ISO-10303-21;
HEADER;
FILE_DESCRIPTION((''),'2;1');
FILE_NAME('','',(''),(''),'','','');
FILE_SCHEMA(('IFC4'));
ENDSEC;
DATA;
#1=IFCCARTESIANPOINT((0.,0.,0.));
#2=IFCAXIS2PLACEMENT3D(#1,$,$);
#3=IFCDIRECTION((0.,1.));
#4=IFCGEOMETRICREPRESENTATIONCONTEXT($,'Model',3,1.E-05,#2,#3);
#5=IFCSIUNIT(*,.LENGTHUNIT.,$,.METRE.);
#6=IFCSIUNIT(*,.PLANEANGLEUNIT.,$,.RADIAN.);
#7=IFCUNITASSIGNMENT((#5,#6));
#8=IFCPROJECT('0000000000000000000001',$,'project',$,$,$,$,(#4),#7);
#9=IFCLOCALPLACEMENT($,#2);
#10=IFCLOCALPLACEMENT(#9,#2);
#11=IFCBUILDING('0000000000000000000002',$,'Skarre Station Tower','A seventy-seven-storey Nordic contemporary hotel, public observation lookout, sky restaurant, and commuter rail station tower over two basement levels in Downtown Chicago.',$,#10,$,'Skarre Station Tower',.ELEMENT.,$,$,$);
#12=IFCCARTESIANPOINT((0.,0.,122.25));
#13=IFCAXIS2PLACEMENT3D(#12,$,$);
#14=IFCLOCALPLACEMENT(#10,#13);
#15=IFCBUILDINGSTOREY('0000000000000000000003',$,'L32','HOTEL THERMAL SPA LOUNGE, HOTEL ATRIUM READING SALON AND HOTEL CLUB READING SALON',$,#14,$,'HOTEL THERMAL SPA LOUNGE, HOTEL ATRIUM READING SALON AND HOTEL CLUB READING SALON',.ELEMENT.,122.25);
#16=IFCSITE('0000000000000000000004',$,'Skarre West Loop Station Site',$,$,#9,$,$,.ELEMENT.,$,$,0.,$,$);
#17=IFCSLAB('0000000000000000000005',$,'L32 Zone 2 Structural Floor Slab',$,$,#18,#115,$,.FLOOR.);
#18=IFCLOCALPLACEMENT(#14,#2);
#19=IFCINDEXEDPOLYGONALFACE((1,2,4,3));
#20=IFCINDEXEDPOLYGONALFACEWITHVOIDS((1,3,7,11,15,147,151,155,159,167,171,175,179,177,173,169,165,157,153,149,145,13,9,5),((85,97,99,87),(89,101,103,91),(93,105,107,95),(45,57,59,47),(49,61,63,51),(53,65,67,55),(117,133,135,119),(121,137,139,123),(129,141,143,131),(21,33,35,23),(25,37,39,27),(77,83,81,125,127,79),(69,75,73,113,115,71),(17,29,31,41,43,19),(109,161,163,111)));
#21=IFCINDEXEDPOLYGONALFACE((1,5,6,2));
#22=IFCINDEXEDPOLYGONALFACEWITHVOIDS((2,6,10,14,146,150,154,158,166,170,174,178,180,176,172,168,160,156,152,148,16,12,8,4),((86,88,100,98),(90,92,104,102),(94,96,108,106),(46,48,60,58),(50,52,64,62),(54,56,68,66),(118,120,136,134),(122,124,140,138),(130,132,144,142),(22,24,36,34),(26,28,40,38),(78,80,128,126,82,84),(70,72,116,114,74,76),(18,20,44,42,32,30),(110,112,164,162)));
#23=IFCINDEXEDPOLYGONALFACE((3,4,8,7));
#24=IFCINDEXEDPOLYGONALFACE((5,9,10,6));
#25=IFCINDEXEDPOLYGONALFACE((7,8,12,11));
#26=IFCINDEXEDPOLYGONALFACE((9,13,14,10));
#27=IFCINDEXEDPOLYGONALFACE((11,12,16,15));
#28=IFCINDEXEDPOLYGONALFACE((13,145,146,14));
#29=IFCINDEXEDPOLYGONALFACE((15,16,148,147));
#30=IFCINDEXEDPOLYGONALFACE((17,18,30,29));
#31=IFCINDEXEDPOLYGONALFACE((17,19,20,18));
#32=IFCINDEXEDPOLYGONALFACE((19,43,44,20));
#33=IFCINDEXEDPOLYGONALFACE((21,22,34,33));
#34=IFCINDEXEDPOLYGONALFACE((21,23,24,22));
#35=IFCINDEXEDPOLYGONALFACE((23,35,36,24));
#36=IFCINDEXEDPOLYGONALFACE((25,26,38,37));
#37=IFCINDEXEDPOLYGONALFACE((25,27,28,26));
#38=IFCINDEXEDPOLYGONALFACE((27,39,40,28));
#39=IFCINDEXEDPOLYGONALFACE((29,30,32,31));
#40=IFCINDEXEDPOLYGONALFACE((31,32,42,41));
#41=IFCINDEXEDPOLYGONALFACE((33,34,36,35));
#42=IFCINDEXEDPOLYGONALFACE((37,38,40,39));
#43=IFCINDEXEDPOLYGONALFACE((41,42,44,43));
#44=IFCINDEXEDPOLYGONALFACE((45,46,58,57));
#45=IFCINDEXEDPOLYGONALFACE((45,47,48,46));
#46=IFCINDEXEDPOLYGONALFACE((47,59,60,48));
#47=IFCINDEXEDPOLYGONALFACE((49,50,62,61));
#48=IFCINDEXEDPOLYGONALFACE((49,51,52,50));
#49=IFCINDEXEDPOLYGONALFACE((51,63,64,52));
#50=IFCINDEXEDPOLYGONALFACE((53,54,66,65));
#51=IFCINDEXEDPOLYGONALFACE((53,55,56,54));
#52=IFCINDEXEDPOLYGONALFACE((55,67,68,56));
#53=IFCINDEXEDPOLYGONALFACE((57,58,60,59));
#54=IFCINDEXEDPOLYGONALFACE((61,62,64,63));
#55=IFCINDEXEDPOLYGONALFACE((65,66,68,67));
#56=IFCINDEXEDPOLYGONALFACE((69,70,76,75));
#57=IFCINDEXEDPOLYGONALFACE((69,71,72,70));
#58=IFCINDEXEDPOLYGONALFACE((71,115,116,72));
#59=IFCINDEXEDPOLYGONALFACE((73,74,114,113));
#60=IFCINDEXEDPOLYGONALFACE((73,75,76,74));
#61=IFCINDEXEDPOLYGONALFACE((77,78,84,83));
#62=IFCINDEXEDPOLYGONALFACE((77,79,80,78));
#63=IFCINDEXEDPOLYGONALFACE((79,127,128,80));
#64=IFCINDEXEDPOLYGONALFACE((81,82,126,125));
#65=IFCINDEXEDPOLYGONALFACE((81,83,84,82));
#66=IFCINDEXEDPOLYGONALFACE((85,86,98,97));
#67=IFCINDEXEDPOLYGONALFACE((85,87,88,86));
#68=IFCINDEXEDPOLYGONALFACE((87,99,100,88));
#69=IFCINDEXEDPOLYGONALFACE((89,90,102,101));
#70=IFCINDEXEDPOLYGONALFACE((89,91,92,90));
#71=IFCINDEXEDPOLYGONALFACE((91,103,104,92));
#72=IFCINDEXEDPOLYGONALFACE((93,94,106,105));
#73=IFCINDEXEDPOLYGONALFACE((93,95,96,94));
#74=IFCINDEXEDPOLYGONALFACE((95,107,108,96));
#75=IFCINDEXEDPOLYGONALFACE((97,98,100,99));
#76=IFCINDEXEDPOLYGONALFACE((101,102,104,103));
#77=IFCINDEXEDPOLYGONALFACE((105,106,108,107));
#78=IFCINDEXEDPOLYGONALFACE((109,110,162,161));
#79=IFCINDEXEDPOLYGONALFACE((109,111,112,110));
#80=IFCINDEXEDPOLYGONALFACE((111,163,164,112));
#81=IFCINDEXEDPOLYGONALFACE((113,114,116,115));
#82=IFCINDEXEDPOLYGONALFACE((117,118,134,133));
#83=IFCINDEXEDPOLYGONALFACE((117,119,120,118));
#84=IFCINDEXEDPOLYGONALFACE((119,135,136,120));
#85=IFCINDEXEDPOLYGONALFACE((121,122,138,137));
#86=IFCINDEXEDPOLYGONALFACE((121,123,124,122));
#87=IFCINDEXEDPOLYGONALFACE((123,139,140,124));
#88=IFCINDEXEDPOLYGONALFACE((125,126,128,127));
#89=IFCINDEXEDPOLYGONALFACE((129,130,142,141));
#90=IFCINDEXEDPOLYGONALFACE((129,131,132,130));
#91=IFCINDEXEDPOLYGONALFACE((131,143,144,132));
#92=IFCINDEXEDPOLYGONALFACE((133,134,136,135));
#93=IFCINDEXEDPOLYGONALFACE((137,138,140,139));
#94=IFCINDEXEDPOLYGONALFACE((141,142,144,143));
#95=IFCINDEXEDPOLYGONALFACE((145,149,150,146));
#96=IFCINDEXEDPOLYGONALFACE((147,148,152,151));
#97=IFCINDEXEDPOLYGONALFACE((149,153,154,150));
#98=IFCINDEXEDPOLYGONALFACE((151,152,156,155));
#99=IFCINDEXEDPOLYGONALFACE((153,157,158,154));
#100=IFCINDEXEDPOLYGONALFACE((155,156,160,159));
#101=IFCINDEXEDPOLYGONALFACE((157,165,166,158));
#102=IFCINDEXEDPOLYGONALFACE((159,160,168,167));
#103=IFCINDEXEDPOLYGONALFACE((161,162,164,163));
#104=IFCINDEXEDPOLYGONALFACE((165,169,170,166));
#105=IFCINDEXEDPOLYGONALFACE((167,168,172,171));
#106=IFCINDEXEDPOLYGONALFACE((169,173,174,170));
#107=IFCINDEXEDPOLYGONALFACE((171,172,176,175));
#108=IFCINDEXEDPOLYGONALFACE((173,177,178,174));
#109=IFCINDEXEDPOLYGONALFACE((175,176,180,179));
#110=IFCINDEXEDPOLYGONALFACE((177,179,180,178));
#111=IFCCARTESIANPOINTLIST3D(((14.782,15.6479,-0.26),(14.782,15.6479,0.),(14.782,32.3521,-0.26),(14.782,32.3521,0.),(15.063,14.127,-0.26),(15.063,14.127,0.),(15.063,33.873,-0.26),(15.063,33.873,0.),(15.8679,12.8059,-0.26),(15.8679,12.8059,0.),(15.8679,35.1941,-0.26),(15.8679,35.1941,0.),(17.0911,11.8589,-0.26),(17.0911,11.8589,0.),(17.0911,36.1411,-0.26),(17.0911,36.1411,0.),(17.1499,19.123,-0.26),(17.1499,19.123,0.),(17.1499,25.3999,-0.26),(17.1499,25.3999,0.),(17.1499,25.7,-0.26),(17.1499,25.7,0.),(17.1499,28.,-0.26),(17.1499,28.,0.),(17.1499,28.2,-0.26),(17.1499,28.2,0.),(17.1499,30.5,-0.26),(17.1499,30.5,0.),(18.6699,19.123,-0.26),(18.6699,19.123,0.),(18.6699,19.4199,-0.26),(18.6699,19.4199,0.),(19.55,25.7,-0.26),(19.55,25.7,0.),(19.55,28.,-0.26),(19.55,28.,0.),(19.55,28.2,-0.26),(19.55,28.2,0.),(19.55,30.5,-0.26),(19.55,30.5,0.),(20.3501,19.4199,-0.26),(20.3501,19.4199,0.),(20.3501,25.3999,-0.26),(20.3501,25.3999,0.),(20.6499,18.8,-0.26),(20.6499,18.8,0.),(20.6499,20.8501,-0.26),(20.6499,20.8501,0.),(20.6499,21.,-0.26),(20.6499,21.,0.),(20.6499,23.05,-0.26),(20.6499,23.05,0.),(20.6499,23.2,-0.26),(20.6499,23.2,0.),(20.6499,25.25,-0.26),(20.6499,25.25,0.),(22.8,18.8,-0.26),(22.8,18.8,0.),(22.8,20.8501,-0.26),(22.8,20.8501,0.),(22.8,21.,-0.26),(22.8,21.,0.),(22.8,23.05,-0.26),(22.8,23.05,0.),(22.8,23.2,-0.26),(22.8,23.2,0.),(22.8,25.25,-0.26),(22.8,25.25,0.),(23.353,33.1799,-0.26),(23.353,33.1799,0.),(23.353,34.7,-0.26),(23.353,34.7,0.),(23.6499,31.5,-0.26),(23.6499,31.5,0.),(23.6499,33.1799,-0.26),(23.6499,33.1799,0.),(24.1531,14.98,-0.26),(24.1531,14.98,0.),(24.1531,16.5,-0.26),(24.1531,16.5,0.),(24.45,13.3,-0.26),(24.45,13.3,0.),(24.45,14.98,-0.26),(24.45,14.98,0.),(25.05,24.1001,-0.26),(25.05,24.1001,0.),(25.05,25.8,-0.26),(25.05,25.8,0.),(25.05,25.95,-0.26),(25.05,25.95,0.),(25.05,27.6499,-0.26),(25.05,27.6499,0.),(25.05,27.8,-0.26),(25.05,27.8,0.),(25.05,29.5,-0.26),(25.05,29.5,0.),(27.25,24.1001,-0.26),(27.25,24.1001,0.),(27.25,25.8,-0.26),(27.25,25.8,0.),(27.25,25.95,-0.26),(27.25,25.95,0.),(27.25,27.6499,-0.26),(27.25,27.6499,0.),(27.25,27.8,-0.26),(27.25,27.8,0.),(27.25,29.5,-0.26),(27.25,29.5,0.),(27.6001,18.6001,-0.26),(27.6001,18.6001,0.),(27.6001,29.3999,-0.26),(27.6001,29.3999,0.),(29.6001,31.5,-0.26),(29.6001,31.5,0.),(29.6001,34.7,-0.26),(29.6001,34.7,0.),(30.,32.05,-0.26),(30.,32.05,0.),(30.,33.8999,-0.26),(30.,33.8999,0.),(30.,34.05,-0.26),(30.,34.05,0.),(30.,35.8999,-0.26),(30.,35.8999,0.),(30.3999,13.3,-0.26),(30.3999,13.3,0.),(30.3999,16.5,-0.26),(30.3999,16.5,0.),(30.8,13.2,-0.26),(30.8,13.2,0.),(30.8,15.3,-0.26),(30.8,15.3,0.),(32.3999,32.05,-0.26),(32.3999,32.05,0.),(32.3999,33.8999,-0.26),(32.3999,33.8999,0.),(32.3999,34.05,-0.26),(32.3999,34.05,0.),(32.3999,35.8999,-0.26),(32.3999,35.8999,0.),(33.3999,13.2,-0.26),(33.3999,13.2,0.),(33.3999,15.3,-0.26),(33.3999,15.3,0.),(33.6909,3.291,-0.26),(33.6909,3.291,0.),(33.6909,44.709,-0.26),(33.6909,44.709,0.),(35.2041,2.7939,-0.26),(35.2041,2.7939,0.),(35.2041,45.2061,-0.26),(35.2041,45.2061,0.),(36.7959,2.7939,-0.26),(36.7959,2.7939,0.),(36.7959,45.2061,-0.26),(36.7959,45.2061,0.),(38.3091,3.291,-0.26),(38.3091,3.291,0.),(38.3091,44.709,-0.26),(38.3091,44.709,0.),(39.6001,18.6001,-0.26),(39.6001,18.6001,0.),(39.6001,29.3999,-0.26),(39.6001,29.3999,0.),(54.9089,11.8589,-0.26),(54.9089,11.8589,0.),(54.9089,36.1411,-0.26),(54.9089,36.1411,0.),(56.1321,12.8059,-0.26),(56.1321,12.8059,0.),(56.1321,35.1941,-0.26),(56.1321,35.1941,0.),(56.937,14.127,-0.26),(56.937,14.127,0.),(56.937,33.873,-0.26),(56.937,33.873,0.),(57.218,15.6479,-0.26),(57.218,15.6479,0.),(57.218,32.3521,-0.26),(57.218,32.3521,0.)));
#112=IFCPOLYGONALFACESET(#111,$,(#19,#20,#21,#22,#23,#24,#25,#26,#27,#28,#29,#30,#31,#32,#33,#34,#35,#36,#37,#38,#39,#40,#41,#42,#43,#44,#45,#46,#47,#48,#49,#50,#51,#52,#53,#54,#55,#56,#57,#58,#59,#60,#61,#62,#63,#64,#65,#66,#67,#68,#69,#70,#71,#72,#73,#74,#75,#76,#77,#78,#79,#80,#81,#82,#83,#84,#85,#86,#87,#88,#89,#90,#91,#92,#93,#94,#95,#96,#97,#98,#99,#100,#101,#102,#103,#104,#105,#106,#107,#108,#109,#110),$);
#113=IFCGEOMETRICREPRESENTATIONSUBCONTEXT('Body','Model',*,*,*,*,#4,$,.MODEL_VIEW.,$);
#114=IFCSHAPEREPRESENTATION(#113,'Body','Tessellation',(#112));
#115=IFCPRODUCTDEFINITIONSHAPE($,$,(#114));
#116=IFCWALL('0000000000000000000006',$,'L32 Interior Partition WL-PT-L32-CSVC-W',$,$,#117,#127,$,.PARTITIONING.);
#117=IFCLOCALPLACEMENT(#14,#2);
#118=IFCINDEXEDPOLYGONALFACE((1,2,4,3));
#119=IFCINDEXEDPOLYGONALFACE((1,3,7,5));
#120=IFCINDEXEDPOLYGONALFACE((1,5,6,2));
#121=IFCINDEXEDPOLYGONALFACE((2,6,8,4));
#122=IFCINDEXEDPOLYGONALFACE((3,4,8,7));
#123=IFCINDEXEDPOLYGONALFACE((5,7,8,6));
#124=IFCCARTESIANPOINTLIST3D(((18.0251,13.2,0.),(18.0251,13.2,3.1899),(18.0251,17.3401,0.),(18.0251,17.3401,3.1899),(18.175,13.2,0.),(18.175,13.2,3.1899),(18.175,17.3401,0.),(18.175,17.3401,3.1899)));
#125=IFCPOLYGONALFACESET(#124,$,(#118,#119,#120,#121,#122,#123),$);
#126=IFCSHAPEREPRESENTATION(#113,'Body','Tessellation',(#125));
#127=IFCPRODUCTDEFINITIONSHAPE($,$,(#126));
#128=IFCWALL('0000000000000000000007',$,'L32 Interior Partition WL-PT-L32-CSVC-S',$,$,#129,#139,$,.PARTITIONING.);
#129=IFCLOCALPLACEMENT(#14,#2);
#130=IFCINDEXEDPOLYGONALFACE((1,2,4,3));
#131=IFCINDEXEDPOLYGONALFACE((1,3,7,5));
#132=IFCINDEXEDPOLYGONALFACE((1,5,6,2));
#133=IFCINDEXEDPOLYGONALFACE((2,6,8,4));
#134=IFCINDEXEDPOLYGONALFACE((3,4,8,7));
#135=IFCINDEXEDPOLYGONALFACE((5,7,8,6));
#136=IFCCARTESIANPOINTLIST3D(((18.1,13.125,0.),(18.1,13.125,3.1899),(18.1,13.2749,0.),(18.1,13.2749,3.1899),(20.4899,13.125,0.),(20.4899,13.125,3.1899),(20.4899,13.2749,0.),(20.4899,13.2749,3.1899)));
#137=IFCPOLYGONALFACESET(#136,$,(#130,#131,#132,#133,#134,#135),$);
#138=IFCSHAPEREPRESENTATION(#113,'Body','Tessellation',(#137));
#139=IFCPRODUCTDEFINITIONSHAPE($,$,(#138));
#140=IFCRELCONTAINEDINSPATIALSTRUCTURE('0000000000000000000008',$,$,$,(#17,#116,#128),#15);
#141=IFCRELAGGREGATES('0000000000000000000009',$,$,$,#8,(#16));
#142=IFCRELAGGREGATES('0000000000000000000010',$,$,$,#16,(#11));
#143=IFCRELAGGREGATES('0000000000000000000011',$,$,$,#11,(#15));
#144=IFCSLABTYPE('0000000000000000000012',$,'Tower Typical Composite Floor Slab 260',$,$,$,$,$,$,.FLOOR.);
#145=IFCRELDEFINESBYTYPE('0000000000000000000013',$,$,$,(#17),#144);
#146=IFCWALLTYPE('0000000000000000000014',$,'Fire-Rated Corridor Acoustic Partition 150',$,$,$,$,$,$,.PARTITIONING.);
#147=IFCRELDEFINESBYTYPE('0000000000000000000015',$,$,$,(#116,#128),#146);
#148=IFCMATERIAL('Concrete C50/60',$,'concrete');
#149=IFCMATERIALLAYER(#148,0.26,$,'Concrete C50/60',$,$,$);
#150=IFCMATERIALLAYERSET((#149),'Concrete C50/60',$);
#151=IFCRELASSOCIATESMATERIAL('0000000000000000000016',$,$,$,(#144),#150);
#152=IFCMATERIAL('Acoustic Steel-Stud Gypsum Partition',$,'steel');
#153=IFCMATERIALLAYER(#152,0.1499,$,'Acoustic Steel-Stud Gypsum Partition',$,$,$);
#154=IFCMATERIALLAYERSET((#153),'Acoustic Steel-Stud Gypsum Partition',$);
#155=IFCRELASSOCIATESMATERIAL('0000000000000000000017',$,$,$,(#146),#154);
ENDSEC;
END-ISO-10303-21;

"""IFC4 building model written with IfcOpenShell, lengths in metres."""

from ifc_helpers import new_model, si_unit, direction, frame, frame_2d, origin, place, context, subcontext, project, spatial, polyline, rectangle, outline, extrude, material, layer, layer_set, type_object, element, save


model = new_model("IFC4")

# Units and contexts
model_context = context("Model", 3, precision=1e-05, world=origin(), true_north=direction((0.0, 1.0)))
body_context = subcontext(model_context, "Body", "Model", "MODEL_VIEW")
ifc_project = project(units=[si_unit("LENGTHUNIT", "METRE"), si_unit("PLANEANGLEUNIT", "RADIAN")], contexts=[model_context])

# Site, building, storey
site_placement = place(None, origin())
site = spatial("IfcSite", under=ifc_project, at=site_placement, Name="Skarre West Loop Station Site", CompositionType="ELEMENT", RefElevation=0.0)
building_placement = place(site_placement, origin())
building = spatial("IfcBuilding", under=site, at=building_placement, Name="Skarre Station Tower", Description="A seventy-seven-storey Nordic contemporary hotel, public observation lookout, sky restaurant, and commuter rail station tower over two basement levels in Downtown Chicago.", LongName="Skarre Station Tower", CompositionType="ELEMENT")
storey_placement = place(building_placement, frame((0.0, 0.0, 122.25)))
storey = spatial("IfcBuildingStorey", under=building, at=storey_placement, Name="L32", Description="HOTEL THERMAL SPA LOUNGE, HOTEL ATRIUM READING SALON AND HOTEL CLUB READING SALON", LongName="HOTEL THERMAL SPA LOUNGE, HOTEL ATRIUM READING SALON AND HOTEL CLUB READING SALON", CompositionType="ELEMENT", Elevation=122.25)

# Shared definitions
ifc_material_1 = material(Name="Concrete C50/60", Category="concrete")

# Slab
ifc_layer_1 = layer(ifc_material_1, 0.26, Name="Concrete C50/60")
ifc_layer_set_1 = layer_set([ifc_layer_1], Name="Concrete C50/60")
slab_type_1 = type_object("IfcSlabType", Name="Tower Typical Composite Floor Slab 260", PredefinedType="FLOOR", material=ifc_layer_set_1)
slab_1_placement = place(storey_placement, frame((0.0, 0.0, -0.26)))
element("IfcSlab", 1, at=slab_1_placement, inside=storey, type_object=slab_type_1, Name="L32 Zone 2 Structural Floor Slab", PredefinedType="FLOOR", context=body_context, shape_type="SweptSolid", body=[
    extrude(outline(polyline([(57.218, 32.3521), (56.937, 33.873), (56.1321, 35.1941), (54.9089, 36.1411), (38.3091, 44.709), (36.7959, 45.2061), (35.2041, 45.2061), (33.6909, 44.709), (17.0911, 36.1411), (15.8679, 35.1941), (15.063, 33.873), (14.782, 32.3521), (14.782, 15.6479), (15.063, 14.127), (15.8679, 12.8059), (17.0911, 11.8589), (33.6909, 3.291), (35.2041, 2.7939), (36.7959, 2.7939), (38.3091, 3.291), (54.9089, 11.8589), (56.1321, 12.8059), (56.937, 14.127), (57.218, 15.6479), (57.218, 32.3521)]), holes=[polyline([(18.6699, 19.4199), (18.6699, 19.123), (17.1499, 19.123), (17.1499, 25.3999), (20.3501, 25.3999), (20.3501, 19.4199), (18.6699, 19.4199)]), polyline([(24.45, 14.98), (24.1531, 14.98), (24.1531, 16.5), (30.3999, 16.5), (30.3999, 13.3), (24.45, 13.3), (24.45, 14.98)]), polyline([(23.6499, 33.1799), (23.353, 33.1799), (23.353, 34.7), (29.6001, 34.7), (29.6001, 31.5), (23.6499, 31.5), (23.6499, 33.1799)]), polyline([(17.1499, 28.0), (19.55, 28.0), (19.55, 25.7), (17.1499, 25.7), (17.1499, 28.0)]), polyline([(17.1499, 30.5), (19.55, 30.5), (19.55, 28.2), (17.1499, 28.2), (17.1499, 30.5)]), polyline([(30.8, 15.3), (33.3999, 15.3), (33.3999, 13.2), (30.8, 13.2), (30.8, 15.3)]), polyline([(25.05, 25.8), (27.25, 25.8), (27.25, 24.1001), (25.05, 24.1001), (25.05, 25.8)]), polyline([(25.05, 27.6499), (27.25, 27.6499), (27.25, 25.95), (25.05, 25.95), (25.05, 27.6499)]), polyline([(25.05, 29.5), (27.25, 29.5), (27.25, 27.8), (25.05, 27.8), (25.05, 29.5)]), polyline([(20.6499, 20.8501), (22.8, 20.8501), (22.8, 18.8), (20.6499, 18.8), (20.6499, 20.8501)]), polyline([(20.6499, 23.05), (22.8, 23.05), (22.8, 21.0), (20.6499, 21.0), (20.6499, 23.05)]), polyline([(20.6499, 25.25), (22.8, 25.25), (22.8, 23.2), (20.6499, 23.2), (20.6499, 25.25)]), polyline([(30.0, 33.8999), (32.3999, 33.8999), (32.3999, 32.05), (30.0, 32.05), (30.0, 33.8999)]), polyline([(30.0, 35.8999), (32.3999, 35.8999), (32.3999, 34.05), (30.0, 34.05), (30.0, 35.8999)]), polyline([(27.6001, 29.3999), (39.6001, 29.3999), (39.6001, 18.6001), (27.6001, 18.6001), (27.6001, 29.3999)])]), origin(), (0.0, 0.0, 1.0), 0.26),
])

# Walls
ifc_material_2 = material(Name="Acoustic Steel-Stud Gypsum Partition", Category="steel")
ifc_layer_2 = layer(ifc_material_2, 0.1499, Name="Acoustic Steel-Stud Gypsum Partition")
ifc_layer_set_2 = layer_set([ifc_layer_2], Name="Acoustic Steel-Stud Gypsum Partition")
wall_type_1 = type_object("IfcWallType", Name="Fire-Rated Corridor Acoustic Partition 150", PredefinedType="PARTITIONING", material=ifc_layer_set_2)
wall_1_placement = place(storey_placement, frame((18.1001, 17.3401, 0.0), z_axis=(0.0, 0.0, 1.0), x_axis=(0.0, -1.0, 0.0)))
element("IfcWall", 2, at=wall_1_placement, inside=storey, type_object=wall_type_1, Name="L32 Interior Partition WL-PT-L32-CSVC-W", PredefinedType="PARTITIONING", context=body_context, shape_type="SweptSolid", body=[
    extrude(rectangle(XDim=4.1401, YDim=0.1499, at=frame_2d((2.0701, 0.0))), origin(), (0.0, 0.0, 1.0), 3.1899),
])
wall_2_placement = place(storey_placement, frame((18.1001, 13.2, 0.0), z_axis=(0.0, 0.0, 1.0), x_axis=(1.0, 0.0, 0.0)))
element("IfcWall", 3, at=wall_2_placement, inside=storey, type_object=wall_type_1, Name="L32 Interior Partition WL-PT-L32-CSVC-S", PredefinedType="PARTITIONING", context=body_context, shape_type="SweptSolid", body=[
    extrude(rectangle(XDim=2.3899, YDim=0.1499, at=frame_2d((1.1948, 0.0))), origin(), (0.0, 0.0, 1.0), 3.1899),
])

save(model, "model.ifc")
